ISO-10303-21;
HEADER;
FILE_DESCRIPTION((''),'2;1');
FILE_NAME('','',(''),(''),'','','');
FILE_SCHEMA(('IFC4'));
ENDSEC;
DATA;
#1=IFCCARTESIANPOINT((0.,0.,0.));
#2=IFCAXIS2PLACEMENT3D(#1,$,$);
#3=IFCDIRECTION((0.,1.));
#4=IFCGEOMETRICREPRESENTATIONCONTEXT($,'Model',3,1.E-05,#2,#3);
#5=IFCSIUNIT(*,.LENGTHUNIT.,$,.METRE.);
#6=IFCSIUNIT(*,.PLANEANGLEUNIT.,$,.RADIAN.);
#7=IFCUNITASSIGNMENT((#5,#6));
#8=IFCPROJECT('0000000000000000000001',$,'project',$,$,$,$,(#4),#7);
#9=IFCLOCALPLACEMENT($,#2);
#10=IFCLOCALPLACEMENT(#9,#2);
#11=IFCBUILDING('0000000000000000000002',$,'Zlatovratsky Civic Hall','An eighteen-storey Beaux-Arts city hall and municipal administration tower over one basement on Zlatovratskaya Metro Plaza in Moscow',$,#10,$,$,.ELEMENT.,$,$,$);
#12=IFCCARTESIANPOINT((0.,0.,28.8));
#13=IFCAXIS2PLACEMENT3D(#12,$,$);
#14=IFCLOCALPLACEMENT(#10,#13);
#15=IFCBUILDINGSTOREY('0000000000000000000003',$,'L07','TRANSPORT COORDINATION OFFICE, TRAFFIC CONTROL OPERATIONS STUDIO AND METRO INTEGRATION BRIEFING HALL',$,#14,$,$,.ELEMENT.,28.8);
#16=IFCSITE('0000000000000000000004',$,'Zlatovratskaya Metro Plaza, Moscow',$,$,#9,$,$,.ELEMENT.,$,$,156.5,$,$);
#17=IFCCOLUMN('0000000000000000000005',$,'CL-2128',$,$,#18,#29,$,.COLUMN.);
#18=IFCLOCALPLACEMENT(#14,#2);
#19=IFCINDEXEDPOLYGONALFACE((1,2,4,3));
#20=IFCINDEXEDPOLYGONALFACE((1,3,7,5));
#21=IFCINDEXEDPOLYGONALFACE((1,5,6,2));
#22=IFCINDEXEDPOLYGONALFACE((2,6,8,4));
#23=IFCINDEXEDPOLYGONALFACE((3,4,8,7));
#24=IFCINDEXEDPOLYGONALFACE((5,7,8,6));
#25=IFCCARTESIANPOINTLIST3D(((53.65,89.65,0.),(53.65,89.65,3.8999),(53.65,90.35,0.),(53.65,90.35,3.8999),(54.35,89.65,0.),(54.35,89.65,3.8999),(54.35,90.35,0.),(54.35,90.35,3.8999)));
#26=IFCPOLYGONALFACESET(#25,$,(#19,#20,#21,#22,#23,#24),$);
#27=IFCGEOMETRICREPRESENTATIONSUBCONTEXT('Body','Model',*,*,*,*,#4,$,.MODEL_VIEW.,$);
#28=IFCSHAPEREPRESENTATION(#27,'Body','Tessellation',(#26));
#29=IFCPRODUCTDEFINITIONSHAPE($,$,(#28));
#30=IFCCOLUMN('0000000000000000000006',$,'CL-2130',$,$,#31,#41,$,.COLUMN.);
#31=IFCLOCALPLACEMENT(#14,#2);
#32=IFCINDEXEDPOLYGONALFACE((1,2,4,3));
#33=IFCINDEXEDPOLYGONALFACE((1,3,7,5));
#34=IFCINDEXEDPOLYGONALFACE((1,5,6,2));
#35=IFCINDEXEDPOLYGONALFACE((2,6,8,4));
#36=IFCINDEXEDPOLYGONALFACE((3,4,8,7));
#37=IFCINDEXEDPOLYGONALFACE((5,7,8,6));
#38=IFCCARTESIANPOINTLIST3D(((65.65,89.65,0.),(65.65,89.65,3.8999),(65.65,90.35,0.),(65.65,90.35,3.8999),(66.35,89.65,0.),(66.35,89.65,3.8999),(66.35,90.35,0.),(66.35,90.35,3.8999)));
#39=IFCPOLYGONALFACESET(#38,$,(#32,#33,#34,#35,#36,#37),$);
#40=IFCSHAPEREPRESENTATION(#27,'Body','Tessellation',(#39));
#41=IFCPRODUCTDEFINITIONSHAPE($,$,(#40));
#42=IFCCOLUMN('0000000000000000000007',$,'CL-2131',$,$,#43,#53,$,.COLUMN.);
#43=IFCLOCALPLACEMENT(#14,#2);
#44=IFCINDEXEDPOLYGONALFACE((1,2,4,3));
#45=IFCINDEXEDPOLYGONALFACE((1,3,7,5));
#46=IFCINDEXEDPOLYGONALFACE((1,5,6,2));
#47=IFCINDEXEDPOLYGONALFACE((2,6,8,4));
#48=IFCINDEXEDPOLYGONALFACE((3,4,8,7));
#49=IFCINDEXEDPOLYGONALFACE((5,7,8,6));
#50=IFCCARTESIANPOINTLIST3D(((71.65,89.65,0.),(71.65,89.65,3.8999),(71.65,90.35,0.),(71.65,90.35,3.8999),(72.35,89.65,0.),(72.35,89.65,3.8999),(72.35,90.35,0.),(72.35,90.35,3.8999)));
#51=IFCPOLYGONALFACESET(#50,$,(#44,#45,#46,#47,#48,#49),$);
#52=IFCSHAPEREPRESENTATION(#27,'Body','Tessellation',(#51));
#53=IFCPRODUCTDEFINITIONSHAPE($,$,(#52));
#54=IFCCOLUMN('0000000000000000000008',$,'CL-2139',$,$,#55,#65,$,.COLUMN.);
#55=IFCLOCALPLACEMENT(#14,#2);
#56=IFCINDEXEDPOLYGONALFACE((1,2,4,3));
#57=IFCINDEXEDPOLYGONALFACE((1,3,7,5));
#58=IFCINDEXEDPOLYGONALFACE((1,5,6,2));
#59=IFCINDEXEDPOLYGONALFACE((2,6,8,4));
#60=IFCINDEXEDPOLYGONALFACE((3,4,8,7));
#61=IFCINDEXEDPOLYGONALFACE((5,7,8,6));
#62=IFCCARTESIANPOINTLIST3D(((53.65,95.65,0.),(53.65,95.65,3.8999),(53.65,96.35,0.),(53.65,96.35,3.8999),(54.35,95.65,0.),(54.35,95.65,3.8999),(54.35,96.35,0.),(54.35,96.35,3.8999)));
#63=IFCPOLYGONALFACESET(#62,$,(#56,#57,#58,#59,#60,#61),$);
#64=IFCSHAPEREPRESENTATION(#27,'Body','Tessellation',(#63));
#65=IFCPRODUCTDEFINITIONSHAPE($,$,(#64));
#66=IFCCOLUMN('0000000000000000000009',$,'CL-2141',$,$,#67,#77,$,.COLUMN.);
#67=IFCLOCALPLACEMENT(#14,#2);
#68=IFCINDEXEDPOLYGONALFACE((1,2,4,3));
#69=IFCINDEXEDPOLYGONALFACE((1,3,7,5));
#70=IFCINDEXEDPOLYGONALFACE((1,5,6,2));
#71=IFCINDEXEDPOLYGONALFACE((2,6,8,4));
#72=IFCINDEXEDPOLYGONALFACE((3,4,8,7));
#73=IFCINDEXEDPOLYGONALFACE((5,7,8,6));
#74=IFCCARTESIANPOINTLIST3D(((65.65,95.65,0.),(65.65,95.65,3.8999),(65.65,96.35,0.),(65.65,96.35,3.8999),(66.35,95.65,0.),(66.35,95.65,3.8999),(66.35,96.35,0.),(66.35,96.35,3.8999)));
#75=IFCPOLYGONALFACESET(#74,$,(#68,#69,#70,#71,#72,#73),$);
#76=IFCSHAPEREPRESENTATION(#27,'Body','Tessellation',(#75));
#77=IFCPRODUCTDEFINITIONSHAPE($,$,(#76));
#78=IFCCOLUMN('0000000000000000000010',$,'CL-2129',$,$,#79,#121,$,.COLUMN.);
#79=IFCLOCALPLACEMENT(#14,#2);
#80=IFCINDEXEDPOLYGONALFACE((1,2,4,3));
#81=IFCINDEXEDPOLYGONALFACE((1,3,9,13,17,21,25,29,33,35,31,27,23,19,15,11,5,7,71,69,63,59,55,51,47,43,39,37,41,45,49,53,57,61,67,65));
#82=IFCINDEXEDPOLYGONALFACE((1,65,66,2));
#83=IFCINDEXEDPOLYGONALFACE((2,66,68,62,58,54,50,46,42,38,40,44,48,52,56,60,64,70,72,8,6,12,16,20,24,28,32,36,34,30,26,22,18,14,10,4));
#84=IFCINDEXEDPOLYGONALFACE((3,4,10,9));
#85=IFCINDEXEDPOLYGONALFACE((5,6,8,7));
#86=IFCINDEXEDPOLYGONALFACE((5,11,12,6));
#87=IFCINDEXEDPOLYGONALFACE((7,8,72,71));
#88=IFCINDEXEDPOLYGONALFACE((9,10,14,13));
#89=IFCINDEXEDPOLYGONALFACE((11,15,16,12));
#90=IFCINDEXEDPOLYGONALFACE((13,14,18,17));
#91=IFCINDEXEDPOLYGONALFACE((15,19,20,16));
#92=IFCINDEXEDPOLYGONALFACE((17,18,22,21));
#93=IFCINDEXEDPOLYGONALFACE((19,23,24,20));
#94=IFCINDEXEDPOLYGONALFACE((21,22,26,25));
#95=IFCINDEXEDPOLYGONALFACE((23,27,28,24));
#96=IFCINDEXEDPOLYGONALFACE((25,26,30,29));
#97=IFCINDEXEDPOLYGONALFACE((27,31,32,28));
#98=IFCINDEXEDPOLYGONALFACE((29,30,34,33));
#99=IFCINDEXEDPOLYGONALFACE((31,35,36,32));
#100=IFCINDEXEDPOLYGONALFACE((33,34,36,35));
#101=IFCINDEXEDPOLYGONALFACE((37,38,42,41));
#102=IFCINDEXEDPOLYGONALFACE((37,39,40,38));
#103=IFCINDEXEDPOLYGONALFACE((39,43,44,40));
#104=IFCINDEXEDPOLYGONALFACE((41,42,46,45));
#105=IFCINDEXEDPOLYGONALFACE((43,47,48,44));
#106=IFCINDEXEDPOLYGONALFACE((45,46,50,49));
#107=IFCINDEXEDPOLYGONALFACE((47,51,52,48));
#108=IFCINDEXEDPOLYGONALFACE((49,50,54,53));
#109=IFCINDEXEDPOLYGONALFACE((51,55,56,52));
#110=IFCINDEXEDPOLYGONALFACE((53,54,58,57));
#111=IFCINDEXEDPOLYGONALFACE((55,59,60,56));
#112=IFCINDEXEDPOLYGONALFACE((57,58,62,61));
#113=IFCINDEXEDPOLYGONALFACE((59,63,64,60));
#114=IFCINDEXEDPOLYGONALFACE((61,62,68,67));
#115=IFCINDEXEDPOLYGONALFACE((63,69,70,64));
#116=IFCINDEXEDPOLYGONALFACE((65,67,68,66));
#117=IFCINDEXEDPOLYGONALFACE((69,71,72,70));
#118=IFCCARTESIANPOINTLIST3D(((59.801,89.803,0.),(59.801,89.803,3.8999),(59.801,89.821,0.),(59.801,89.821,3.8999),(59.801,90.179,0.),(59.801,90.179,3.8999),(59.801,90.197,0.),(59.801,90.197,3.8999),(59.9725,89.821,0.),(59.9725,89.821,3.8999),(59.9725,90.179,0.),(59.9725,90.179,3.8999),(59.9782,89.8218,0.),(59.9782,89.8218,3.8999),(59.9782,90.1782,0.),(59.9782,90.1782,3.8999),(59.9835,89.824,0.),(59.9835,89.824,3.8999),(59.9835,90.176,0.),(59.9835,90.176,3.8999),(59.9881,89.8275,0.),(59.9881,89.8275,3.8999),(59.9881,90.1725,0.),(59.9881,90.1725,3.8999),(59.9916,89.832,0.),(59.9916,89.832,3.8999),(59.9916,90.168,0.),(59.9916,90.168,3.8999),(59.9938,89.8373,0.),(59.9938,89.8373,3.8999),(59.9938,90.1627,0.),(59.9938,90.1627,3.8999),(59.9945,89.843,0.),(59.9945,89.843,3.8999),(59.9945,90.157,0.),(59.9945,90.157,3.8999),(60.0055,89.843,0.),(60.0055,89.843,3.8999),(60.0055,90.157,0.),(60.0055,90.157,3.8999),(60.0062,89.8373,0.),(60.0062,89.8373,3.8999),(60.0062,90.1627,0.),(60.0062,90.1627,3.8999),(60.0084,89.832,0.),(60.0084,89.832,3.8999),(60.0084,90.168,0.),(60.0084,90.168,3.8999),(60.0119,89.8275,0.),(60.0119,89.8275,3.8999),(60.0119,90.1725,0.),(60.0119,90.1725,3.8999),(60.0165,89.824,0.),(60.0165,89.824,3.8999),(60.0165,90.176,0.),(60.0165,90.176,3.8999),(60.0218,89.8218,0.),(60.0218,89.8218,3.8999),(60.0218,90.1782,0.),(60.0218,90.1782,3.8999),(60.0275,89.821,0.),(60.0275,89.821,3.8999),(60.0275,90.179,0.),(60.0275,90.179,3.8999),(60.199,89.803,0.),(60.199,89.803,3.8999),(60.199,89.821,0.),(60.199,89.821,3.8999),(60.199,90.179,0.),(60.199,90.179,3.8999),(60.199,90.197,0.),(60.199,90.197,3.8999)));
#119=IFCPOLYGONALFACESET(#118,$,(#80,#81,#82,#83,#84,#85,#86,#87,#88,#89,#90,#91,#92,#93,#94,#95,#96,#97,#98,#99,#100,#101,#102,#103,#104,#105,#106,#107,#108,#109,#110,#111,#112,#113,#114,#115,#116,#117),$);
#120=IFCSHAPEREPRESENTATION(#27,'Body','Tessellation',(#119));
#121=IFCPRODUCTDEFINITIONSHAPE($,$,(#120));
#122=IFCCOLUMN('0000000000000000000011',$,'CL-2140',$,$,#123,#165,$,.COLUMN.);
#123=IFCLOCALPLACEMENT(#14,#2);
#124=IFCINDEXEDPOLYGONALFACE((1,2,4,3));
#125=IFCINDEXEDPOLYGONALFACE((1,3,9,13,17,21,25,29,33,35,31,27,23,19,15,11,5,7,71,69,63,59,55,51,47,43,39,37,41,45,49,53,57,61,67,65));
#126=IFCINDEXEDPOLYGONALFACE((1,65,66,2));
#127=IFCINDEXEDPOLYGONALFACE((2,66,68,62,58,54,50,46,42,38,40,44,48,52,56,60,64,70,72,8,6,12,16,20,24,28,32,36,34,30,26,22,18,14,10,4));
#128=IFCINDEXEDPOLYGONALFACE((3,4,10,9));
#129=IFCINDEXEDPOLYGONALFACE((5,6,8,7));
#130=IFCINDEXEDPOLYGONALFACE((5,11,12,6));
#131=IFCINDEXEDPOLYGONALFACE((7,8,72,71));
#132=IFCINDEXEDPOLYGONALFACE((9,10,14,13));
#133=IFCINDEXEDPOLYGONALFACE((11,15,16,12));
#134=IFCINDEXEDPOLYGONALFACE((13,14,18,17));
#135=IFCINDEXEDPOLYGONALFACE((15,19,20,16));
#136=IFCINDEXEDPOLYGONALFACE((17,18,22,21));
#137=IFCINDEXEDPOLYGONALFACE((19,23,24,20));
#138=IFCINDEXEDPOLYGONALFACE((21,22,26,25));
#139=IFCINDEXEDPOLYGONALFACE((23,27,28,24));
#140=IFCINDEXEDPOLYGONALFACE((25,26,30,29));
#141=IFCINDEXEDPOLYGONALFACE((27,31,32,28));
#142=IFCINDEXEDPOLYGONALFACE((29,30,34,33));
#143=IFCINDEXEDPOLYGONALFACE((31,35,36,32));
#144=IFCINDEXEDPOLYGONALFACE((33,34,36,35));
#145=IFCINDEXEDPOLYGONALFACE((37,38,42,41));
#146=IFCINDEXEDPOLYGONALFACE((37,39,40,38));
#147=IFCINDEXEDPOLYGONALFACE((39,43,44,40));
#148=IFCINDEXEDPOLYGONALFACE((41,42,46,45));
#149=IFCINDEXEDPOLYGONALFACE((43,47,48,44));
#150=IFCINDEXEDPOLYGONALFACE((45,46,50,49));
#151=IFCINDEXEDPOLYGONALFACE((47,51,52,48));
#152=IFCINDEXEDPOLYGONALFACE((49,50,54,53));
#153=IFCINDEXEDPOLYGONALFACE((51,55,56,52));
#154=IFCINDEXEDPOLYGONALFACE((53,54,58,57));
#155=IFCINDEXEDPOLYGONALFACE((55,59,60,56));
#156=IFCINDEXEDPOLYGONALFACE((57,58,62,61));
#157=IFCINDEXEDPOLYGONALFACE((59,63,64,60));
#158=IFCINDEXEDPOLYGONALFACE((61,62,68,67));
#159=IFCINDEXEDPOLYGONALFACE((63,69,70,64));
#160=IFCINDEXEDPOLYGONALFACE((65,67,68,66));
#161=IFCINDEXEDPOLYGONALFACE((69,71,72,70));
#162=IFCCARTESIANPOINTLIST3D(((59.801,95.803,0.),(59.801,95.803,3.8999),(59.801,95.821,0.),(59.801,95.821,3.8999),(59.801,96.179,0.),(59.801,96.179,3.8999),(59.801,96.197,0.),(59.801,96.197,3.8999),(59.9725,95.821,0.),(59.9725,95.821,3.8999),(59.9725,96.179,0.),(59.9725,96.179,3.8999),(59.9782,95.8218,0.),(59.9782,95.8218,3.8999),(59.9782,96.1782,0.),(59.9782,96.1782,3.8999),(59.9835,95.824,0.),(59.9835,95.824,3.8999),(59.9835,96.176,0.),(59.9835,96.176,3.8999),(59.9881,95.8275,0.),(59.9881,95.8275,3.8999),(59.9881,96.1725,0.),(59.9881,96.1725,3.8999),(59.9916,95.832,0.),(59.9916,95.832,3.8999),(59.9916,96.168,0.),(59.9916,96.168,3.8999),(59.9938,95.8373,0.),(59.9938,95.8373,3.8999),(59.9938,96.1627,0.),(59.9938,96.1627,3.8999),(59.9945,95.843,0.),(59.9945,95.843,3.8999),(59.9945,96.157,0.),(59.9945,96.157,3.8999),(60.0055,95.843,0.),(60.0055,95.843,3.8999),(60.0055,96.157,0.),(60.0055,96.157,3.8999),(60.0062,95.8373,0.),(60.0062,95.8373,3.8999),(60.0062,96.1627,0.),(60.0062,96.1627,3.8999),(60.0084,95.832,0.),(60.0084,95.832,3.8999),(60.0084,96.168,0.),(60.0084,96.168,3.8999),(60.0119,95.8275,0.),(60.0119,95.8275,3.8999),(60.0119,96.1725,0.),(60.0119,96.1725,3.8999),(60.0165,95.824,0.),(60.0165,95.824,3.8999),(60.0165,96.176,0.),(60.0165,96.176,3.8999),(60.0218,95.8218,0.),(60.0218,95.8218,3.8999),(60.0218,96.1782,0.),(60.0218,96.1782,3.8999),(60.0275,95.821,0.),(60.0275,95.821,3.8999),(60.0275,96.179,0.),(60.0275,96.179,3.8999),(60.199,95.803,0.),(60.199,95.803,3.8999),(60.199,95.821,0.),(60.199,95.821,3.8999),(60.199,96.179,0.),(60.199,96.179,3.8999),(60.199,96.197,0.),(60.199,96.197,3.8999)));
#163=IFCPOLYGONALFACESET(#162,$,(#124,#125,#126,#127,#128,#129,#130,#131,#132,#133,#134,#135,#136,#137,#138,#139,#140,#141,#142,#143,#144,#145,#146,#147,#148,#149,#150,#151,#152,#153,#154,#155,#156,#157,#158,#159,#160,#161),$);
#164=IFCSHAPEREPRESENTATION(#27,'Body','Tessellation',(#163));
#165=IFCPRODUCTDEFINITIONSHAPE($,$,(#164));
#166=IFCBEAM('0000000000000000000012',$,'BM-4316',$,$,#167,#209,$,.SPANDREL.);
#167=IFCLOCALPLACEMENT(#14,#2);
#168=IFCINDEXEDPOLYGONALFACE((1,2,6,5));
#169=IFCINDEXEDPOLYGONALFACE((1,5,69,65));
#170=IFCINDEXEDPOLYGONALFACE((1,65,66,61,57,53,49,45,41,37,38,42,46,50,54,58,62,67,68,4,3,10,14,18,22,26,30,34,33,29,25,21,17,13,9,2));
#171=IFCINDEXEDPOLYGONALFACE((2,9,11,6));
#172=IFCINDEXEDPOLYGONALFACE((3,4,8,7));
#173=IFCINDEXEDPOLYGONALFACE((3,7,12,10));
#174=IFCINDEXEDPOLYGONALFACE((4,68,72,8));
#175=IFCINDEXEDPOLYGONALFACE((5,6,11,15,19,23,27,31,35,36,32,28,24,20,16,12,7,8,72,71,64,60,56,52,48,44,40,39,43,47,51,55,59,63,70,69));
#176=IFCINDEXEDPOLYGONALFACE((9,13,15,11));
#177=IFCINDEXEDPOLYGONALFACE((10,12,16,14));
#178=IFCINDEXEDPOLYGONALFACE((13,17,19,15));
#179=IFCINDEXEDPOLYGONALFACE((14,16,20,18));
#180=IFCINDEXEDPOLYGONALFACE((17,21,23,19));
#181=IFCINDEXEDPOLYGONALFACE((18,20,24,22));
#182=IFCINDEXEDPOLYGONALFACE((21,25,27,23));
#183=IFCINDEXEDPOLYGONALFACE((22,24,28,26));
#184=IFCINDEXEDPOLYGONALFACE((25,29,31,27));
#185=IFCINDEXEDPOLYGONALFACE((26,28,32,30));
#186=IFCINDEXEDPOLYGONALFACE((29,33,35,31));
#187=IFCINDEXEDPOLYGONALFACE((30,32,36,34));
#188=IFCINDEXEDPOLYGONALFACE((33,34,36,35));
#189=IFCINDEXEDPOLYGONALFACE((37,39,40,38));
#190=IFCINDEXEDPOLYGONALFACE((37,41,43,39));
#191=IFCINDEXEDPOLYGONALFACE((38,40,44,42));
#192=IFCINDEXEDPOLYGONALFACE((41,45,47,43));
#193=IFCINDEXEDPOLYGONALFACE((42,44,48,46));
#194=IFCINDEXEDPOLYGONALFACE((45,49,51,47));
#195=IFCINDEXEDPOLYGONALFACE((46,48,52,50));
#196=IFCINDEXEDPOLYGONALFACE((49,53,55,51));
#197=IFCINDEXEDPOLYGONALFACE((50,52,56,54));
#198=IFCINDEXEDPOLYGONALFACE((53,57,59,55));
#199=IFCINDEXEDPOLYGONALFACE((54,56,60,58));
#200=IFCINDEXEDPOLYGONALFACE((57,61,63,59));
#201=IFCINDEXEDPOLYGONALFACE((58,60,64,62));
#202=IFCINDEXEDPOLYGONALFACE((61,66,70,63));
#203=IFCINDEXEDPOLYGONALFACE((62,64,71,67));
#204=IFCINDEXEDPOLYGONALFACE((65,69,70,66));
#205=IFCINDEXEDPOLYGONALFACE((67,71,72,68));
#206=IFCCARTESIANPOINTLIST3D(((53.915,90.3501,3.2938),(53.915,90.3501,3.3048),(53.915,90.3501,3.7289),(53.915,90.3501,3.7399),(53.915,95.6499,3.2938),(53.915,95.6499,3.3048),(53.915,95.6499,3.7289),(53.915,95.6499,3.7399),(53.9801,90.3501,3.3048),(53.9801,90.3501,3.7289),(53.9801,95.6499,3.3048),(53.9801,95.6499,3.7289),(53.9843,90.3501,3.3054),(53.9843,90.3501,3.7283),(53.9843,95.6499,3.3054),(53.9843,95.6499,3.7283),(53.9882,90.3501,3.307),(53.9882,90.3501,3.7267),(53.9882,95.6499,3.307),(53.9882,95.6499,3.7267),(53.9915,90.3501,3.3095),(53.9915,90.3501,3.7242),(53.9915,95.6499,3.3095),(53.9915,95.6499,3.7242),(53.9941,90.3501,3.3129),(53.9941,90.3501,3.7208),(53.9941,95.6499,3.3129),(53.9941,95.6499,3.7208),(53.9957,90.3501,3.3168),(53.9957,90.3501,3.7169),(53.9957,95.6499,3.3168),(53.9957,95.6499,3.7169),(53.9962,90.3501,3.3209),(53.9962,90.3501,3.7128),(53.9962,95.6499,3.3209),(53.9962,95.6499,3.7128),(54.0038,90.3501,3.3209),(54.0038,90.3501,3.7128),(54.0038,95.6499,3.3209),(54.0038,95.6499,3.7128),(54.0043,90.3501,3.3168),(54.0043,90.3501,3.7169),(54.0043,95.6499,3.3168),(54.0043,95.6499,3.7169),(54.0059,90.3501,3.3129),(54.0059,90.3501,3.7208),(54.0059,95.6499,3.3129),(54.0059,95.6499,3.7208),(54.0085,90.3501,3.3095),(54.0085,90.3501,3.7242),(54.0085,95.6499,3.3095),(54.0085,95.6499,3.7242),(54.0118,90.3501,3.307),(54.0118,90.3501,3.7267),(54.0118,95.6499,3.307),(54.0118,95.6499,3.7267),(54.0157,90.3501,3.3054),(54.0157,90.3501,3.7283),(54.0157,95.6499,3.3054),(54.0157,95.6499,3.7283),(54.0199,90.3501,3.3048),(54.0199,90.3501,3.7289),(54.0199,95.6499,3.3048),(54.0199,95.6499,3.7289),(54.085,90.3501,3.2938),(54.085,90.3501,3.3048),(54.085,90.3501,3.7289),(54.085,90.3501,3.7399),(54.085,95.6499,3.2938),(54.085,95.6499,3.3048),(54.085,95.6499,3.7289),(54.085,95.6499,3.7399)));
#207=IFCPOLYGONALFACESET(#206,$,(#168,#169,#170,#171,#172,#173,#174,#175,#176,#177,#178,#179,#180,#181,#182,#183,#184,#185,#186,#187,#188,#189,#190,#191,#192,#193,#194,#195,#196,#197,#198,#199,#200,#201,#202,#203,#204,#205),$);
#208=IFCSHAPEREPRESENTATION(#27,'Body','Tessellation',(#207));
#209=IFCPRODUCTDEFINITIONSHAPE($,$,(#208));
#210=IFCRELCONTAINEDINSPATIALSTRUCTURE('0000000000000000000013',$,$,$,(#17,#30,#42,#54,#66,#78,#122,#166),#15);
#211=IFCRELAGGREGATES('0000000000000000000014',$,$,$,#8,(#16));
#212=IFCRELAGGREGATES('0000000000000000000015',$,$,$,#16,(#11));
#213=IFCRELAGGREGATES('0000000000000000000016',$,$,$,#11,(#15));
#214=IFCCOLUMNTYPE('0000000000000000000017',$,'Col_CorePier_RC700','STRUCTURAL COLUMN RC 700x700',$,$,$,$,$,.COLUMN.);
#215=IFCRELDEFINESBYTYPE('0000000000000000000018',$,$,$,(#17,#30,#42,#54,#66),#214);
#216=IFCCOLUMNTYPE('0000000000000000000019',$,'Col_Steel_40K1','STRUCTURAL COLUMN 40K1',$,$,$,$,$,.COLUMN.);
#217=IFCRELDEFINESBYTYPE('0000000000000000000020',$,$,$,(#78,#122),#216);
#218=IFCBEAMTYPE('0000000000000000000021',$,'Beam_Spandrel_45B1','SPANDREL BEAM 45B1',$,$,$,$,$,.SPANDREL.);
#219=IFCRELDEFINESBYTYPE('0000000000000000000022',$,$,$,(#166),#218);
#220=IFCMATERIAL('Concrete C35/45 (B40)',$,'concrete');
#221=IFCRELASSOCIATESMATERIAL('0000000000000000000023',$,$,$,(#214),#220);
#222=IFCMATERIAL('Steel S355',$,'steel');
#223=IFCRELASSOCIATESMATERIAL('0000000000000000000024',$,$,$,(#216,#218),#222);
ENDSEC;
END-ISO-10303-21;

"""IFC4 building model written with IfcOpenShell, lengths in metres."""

from ifc_helpers import new_model, si_unit, direction, frame, origin, origin_2d, place, context, subcontext, project, spatial, rectangle, i_section, extrude, material, material_profile, profile_set, type_object, element, save


model = new_model("IFC4")

# Units and contexts
model_context = context("Model", 3, precision=1e-05, world=origin(), true_north=direction((0.0, 1.0)))
body_context = subcontext(model_context, "Body", "Model", "MODEL_VIEW")
ifc_project = project(units=[si_unit("LENGTHUNIT", "METRE"), si_unit("PLANEANGLEUNIT", "RADIAN")], contexts=[model_context])

# Site, building, storey
site_placement = place(None, origin())
site = spatial("IfcSite", under=ifc_project, at=site_placement, Name="Zlatovratskaya Metro Plaza, Moscow", CompositionType="ELEMENT", RefElevation=156.5)
building_placement = place(site_placement, origin())
building = spatial("IfcBuilding", under=site, at=building_placement, Name="Zlatovratsky Civic Hall", Description="An eighteen-storey Beaux-Arts city hall and municipal administration tower over one basement on Zlatovratskaya Metro Plaza in Moscow", CompositionType="ELEMENT")
storey_placement = place(building_placement, frame((0.0, 0.0, 28.8)))
storey = spatial("IfcBuildingStorey", under=building, at=storey_placement, Name="L07", Description="TRANSPORT COORDINATION OFFICE, TRAFFIC CONTROL OPERATIONS STUDIO AND METRO INTEGRATION BRIEFING HALL", CompositionType="ELEMENT", Elevation=28.8)

# Columns
ifc_material_1 = material(Name="Concrete C35/45 (B40)", Category="concrete")
ifc_material_profile_1 = material_profile(ifc_material_1, rectangle(XDim=0.7, YDim=0.7, at=origin_2d()), Name="RC 700x700")
ifc_profile_set_1 = profile_set([ifc_material_profile_1], Name="Concrete C35/45 (B40)")
column_type_1 = type_object("IfcColumnType", Name="Col_CorePier_RC700", Description="STRUCTURAL COLUMN RC 700x700", PredefinedType="COLUMN", material=ifc_profile_set_1)
for number, where, z_axis, x_axis, name in (
    (1, (54.0, 90.0, 0.0), (0.0, 0.0, 1.0), (1.0, 0.0, 0.0), "CL-2128"),
    (2, (66.0, 90.0, 0.0), (0.0, 0.0, 1.0), (1.0, 0.0, 0.0), "CL-2130"),
    (3, (72.0, 90.0, 0.0), (0.0, 0.0, 1.0), (1.0, 0.0, 0.0), "CL-2131"),
    (4, (54.0, 96.0, 0.0), (0.0, 0.0, 1.0), (1.0, 0.0, 0.0), "CL-2139"),
    (5, (66.0, 96.0, 0.0), (0.0, 0.0, 1.0), (1.0, 0.0, 0.0), "CL-2141"),
):
    element("IfcColumn", number, at=place(storey_placement, frame(where, z_axis=z_axis, x_axis=x_axis)), inside=storey, type_object=column_type_1, Name=name, PredefinedType="COLUMN", context=body_context, shape_type="SweptSolid", body=[
        extrude(rectangle(XDim=0.7, YDim=0.7, at=origin_2d()), origin(), (0.0, 0.0, 1.0), 3.8999),
    ])
ifc_material_2 = material(Name="Steel S355", Category="steel")
ifc_material_profile_2 = material_profile(ifc_material_2, i_section(OverallWidth=0.3979, OverallDepth=0.394, WebThickness=0.011, FlangeThickness=0.0181, FilletRadius=0.022, at=origin_2d()), Name="40K1")
ifc_profile_set_2 = profile_set([ifc_material_profile_2], Name="Steel S355")
column_type_2 = type_object("IfcColumnType", Name="Col_Steel_40K1", Description="STRUCTURAL COLUMN 40K1", PredefinedType="COLUMN", material=ifc_profile_set_2)
for number, where, z_axis, x_axis, name in (
    (6, (60.0, 90.0, 0.0), (0.0, 0.0, 1.0), (1.0, 0.0, 0.0), "CL-2129"),
    (7, (60.0, 96.0, 0.0), (0.0, 0.0, 1.0), (1.0, 0.0, 0.0), "CL-2140"),
):
    element("IfcColumn", number, at=place(storey_placement, frame(where, z_axis=z_axis, x_axis=x_axis)), inside=storey, type_object=column_type_2, Name=name, PredefinedType="COLUMN", context=body_context, shape_type="SweptSolid", body=[
        extrude(i_section(OverallWidth=0.3979, OverallDepth=0.394, WebThickness=0.011, FlangeThickness=0.0181, FilletRadius=0.022, at=origin_2d()), origin(), (0.0, 0.0, 1.0), 3.8999),
    ])

# Beam
ifc_material_profile_3 = material_profile(ifc_material_2, i_section(OverallWidth=0.1699, OverallDepth=0.446, WebThickness=0.0076, FlangeThickness=0.011, FilletRadius=0.0161, at=origin_2d()), Name="45B1")
ifc_profile_set_3 = profile_set([ifc_material_profile_3], Name="Steel S355")
beam_type_1 = type_object("IfcBeamType", Name="Beam_Spandrel_45B1", Description="SPANDREL BEAM 45B1", PredefinedType="SPANDREL", material=ifc_profile_set_3)
beam_1_placement = place(storey_placement, frame((54.0, 90.3501, 3.5168), z_axis=(0.0, 1.0, 0.0), x_axis=(-1.0, 0.0, 0.0)))
element("IfcBeam", 8, at=beam_1_placement, inside=storey, type_object=beam_type_1, Name="BM-4316", PredefinedType="SPANDREL", context=body_context, shape_type="SweptSolid", body=[
    extrude(i_section(OverallWidth=0.1699, OverallDepth=0.446, WebThickness=0.0076, FlangeThickness=0.011, FilletRadius=0.0161, at=origin_2d()), origin(), (0.0, 0.0, 1.0), 5.2998),
])

save(model, "model.ifc")
